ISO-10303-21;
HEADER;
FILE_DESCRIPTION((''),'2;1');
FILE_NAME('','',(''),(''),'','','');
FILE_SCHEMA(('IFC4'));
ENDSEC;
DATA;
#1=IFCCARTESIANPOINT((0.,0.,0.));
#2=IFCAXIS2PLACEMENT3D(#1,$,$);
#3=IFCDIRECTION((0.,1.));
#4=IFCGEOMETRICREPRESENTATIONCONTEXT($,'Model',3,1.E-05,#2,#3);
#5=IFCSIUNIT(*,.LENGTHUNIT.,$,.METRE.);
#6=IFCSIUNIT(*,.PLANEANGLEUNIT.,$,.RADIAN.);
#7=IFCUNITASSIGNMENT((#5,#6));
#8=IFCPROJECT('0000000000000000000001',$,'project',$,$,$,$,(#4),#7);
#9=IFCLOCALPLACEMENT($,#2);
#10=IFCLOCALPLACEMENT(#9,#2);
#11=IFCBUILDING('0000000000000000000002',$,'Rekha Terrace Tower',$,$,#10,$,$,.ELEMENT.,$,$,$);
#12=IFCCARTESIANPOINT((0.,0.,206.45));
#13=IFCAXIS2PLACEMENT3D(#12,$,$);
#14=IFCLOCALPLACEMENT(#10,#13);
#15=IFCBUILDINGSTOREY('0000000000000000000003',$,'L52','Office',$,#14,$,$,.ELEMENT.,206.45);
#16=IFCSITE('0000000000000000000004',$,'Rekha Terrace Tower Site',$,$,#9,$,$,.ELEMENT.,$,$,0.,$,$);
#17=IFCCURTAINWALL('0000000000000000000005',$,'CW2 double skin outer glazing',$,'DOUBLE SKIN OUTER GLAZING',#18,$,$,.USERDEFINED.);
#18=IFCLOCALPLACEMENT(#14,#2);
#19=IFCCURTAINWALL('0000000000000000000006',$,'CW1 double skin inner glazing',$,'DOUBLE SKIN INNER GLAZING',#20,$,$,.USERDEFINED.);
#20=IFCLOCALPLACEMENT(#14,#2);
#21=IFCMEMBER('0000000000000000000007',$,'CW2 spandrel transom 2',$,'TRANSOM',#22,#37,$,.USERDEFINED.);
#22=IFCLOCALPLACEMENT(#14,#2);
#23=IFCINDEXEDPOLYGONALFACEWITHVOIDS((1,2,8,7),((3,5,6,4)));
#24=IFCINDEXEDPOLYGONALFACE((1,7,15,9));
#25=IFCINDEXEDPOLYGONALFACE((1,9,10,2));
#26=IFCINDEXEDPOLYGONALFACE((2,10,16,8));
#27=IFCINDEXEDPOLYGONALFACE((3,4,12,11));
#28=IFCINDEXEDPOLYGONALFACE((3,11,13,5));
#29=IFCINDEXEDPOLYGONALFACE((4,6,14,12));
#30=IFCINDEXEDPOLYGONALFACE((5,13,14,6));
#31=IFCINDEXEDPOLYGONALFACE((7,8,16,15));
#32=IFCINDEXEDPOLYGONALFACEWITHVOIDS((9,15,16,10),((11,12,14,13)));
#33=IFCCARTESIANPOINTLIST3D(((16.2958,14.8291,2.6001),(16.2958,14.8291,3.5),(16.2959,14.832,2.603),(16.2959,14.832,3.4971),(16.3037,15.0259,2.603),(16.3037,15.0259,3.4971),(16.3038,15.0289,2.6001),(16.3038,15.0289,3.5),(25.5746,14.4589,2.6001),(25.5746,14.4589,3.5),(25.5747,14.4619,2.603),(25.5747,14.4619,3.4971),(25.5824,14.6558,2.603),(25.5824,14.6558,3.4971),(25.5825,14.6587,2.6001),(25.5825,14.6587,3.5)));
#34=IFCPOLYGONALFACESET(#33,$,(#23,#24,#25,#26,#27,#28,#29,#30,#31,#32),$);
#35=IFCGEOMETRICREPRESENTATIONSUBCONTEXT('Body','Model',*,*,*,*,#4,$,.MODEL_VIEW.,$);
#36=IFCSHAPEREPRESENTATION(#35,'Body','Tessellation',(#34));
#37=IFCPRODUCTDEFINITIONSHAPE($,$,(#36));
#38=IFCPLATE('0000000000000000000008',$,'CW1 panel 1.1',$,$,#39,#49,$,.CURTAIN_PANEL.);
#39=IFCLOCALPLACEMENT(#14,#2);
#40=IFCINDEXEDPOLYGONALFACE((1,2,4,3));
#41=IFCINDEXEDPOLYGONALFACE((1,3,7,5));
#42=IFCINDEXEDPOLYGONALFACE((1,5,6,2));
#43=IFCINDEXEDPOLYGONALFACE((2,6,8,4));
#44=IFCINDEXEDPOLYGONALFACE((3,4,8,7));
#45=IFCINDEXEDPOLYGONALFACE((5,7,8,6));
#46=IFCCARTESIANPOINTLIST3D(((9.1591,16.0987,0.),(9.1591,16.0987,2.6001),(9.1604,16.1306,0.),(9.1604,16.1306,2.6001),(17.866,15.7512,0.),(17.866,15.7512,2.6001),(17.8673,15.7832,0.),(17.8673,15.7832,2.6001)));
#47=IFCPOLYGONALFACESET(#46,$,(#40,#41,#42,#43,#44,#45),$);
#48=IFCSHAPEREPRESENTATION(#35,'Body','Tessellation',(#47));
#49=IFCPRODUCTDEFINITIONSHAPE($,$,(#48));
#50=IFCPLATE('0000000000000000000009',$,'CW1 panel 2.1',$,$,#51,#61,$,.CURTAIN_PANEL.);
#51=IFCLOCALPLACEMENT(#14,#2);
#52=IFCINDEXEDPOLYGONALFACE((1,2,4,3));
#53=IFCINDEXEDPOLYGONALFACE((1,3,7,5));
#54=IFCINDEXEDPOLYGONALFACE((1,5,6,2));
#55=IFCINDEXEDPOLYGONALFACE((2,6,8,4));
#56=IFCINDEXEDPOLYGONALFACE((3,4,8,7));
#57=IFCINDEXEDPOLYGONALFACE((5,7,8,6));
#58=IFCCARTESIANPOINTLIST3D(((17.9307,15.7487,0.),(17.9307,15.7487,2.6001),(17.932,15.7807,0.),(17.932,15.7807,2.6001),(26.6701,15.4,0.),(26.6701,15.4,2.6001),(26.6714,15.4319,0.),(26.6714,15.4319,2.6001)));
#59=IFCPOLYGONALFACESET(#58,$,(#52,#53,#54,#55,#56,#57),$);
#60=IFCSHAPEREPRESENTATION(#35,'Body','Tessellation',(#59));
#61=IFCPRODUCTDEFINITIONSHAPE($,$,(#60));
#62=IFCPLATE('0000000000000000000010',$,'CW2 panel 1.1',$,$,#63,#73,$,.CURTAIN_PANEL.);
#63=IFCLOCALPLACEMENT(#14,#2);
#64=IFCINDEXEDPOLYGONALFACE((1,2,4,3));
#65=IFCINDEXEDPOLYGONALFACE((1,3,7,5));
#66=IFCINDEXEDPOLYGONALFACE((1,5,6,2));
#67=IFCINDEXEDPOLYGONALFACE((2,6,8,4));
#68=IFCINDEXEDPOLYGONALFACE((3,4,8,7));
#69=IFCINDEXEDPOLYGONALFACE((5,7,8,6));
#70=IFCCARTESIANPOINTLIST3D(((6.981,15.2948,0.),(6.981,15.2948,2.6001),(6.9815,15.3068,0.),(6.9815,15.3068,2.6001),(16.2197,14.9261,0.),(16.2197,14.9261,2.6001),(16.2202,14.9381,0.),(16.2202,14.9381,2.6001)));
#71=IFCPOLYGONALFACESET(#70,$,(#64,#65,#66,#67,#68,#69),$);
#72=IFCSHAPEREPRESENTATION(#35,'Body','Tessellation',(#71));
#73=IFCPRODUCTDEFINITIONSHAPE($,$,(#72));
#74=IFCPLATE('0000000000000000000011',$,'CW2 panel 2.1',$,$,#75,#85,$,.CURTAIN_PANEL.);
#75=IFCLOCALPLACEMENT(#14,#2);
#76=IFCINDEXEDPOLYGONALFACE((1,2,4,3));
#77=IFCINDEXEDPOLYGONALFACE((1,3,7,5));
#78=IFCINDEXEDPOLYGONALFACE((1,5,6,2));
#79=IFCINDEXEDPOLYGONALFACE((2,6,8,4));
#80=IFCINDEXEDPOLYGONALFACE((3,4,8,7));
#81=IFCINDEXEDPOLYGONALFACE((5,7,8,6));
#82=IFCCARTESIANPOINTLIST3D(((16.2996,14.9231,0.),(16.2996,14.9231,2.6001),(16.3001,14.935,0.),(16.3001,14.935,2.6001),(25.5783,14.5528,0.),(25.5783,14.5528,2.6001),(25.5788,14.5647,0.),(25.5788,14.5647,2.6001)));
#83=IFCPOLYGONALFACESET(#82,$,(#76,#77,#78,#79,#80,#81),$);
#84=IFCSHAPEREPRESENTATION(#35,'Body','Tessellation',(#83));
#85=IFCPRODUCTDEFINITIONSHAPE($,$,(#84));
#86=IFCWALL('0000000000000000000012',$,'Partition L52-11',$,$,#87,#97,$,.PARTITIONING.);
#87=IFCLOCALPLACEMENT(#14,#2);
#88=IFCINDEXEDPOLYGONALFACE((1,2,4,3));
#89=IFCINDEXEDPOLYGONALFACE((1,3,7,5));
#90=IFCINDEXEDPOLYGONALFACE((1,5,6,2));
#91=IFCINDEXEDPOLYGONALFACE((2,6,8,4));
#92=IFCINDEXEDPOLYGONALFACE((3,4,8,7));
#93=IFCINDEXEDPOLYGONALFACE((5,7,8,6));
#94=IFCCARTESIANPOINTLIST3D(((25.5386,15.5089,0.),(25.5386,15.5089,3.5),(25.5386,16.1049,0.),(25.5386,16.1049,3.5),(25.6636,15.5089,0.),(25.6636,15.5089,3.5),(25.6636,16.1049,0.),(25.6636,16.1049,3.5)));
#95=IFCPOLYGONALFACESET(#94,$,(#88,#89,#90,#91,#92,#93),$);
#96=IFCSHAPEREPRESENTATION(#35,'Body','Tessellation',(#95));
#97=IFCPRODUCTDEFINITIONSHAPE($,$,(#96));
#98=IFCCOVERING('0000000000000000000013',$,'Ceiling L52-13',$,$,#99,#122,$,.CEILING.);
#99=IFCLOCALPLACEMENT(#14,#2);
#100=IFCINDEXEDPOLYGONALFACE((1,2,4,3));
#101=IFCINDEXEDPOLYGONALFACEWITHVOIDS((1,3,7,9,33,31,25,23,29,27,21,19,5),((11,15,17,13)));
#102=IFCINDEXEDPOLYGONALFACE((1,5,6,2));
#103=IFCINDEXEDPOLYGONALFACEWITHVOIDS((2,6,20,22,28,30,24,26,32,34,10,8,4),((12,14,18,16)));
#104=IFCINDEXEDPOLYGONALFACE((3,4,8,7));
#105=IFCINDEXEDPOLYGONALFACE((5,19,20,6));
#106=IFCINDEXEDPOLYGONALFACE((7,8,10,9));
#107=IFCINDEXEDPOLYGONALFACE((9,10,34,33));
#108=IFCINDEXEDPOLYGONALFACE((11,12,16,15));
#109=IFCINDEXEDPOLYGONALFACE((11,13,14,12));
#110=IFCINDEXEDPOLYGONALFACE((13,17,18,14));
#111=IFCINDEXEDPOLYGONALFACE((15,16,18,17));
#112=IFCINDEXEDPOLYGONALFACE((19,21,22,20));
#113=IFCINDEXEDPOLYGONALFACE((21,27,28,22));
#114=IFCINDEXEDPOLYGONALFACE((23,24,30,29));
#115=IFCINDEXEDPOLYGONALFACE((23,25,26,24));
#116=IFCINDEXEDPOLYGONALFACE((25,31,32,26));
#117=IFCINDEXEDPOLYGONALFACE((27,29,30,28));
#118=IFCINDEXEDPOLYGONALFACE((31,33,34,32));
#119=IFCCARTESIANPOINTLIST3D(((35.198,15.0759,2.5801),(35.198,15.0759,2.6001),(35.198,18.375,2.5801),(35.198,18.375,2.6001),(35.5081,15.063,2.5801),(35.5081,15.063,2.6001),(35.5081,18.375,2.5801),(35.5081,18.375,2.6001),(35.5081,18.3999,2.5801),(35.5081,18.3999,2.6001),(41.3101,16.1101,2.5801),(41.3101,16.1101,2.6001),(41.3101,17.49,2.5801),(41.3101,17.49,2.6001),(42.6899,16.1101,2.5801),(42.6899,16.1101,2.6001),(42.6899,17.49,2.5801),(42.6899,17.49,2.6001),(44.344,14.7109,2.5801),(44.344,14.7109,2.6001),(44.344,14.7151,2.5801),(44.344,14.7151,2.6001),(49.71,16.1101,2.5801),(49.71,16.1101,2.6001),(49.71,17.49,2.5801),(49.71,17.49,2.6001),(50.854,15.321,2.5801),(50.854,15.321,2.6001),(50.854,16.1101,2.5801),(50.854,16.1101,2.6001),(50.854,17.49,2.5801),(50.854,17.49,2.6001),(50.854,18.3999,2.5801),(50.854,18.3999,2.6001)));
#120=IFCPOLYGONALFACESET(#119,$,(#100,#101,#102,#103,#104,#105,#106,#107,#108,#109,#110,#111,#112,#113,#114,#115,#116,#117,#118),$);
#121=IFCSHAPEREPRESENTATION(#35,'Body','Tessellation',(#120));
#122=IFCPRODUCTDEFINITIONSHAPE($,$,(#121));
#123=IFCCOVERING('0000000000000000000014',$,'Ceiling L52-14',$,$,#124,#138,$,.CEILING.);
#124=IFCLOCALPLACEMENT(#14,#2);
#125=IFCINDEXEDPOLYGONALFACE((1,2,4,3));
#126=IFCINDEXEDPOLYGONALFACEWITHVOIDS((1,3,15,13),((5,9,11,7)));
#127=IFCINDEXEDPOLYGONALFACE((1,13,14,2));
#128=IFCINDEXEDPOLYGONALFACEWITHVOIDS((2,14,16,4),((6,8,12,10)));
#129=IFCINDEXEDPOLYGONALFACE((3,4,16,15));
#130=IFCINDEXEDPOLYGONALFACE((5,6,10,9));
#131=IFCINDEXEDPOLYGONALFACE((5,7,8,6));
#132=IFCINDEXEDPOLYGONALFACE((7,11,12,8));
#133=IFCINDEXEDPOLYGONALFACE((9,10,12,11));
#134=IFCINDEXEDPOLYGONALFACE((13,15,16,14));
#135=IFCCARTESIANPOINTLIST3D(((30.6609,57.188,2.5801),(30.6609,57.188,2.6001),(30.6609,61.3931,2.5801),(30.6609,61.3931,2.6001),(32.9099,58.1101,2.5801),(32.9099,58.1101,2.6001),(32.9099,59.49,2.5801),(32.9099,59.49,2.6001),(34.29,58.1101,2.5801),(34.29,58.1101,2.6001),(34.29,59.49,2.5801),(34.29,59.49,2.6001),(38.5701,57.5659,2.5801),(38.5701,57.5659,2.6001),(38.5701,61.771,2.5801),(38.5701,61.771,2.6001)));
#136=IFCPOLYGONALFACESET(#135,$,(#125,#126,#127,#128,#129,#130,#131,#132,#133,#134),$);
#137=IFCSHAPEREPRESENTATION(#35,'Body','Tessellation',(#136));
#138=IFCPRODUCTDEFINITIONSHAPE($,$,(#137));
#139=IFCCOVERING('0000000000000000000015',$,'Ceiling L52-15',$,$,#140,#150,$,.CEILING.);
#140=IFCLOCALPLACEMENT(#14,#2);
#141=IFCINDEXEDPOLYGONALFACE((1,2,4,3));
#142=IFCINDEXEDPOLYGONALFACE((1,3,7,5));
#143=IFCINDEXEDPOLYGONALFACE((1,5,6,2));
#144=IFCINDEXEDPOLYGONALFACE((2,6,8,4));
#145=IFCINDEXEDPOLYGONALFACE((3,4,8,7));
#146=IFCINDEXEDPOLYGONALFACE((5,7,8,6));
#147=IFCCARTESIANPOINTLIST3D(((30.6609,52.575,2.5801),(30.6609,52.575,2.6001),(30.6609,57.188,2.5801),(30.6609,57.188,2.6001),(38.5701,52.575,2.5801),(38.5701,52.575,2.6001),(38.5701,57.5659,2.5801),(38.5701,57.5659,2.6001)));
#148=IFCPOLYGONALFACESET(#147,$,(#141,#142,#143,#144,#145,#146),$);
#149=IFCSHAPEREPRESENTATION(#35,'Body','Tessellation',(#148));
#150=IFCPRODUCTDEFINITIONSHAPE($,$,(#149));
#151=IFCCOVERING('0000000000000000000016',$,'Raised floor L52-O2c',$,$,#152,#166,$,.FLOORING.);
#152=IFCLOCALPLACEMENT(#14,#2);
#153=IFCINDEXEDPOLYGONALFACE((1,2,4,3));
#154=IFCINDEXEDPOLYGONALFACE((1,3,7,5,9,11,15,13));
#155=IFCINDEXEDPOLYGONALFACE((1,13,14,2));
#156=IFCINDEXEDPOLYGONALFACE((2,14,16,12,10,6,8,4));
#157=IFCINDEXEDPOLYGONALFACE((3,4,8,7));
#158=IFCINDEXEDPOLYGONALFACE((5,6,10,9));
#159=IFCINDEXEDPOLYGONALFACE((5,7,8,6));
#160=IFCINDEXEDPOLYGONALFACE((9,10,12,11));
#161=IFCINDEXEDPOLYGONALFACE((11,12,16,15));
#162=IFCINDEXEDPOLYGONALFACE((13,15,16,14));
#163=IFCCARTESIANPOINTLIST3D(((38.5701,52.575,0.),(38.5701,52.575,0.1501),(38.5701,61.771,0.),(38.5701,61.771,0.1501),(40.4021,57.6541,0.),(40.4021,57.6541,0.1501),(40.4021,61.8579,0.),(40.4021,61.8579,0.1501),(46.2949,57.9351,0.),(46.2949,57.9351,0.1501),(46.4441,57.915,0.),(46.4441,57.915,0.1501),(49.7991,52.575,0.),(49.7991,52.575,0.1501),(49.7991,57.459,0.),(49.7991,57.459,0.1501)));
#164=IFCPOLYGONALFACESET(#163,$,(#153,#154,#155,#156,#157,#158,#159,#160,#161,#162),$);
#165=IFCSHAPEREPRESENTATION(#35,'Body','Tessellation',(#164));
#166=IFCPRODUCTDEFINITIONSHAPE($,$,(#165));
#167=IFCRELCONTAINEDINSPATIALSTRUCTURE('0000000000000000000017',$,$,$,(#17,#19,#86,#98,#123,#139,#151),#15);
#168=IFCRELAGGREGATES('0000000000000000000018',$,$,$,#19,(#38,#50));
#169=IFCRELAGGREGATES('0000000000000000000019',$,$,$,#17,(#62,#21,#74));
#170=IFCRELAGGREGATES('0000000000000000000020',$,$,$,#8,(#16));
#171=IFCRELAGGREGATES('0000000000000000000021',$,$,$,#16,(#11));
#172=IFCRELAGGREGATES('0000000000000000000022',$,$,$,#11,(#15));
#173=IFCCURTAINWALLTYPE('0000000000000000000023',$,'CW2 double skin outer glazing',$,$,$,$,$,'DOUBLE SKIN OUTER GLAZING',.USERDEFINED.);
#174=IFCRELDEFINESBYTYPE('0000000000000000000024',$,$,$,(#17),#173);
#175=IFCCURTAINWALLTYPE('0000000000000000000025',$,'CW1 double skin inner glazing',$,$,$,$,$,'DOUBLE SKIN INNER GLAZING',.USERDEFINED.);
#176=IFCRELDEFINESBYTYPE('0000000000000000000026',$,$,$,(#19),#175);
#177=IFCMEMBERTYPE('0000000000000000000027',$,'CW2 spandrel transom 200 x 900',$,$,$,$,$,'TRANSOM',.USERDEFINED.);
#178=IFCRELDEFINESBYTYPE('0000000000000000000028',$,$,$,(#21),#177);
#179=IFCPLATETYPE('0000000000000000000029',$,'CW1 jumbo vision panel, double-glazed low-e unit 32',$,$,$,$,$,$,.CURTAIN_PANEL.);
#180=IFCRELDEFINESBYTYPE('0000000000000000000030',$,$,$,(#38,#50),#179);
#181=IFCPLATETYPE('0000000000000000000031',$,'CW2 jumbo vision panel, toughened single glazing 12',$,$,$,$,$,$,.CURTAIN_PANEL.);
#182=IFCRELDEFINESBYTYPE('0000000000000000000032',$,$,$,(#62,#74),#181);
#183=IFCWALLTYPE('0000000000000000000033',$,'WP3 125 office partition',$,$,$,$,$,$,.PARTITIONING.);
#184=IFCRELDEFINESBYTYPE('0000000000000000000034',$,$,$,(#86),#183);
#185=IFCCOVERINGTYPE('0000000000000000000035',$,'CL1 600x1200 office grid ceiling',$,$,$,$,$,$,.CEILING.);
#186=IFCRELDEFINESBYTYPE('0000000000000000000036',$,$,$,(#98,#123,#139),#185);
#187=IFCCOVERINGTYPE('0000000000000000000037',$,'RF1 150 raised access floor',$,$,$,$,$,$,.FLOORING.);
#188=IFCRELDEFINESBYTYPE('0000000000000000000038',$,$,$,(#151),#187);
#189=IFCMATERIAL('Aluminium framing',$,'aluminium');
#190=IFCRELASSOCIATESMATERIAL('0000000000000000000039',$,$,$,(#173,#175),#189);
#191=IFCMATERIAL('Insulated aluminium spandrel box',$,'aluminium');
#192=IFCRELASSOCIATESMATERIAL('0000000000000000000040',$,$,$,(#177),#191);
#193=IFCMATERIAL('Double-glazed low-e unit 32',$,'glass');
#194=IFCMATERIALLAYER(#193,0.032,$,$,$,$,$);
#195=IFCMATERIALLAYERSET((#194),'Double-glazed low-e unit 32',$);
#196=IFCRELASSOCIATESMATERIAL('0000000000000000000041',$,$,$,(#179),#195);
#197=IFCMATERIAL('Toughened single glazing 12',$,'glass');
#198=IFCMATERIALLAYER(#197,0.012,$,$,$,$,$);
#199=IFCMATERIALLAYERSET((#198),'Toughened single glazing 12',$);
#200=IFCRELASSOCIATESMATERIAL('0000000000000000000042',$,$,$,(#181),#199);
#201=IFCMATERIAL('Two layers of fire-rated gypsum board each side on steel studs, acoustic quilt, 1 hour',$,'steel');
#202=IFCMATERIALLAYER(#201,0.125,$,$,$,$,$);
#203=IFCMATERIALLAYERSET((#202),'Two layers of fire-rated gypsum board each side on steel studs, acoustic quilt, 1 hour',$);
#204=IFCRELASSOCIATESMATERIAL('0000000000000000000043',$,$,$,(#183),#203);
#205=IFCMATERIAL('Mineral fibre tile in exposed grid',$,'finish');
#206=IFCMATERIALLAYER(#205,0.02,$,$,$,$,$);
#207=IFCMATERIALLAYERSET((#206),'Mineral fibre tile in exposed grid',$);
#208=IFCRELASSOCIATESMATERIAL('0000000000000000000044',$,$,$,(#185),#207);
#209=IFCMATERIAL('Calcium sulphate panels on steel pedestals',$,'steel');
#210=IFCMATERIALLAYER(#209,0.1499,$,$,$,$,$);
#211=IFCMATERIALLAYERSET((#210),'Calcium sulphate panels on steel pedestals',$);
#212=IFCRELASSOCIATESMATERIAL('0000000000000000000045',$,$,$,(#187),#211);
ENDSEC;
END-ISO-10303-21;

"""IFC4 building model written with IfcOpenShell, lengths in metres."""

from ifc_helpers import new_model, si_unit, direction, frame, frame_2d, origin, origin_2d, place, context, subcontext, project, spatial, polyline, rectangle, hollow_rectangle, outline, extrude, material, layer, layer_set, material_profile, profile_set, type_object, element, aggregate, save


model = new_model("IFC4")

# Units and contexts
model_context = context("Model", 3, precision=1e-05, world=origin(), true_north=direction((0.0, 1.0)))
body_context = subcontext(model_context, "Body", "Model", "MODEL_VIEW")
ifc_project = project(units=[si_unit("LENGTHUNIT", "METRE"), si_unit("PLANEANGLEUNIT", "RADIAN")], contexts=[model_context])

# Site, building, storey
site_placement = place(None, origin())
site = spatial("IfcSite", under=ifc_project, at=site_placement, Name="Rekha Terrace Tower Site", CompositionType="ELEMENT", RefElevation=0.0)
building_placement = place(site_placement, origin())
building = spatial("IfcBuilding", under=site, at=building_placement, Name="Rekha Terrace Tower", CompositionType="ELEMENT")
storey_placement = place(building_placement, frame((0.0, 0.0, 206.45)))
storey = spatial("IfcBuildingStorey", under=building, at=storey_placement, Name="L52", Description="Office", CompositionType="ELEMENT", Elevation=206.45)

# Curtain walls
ifc_material_1 = material(Name="Aluminium framing", Category="aluminium")
curtain_wall_type_1 = type_object("IfcCurtainWallType", Name="CW2 double skin outer glazing", ElementType="DOUBLE SKIN OUTER GLAZING", PredefinedType="USERDEFINED", material=ifc_material_1)
curtain_wall_1_placement = place(storey_placement, origin())
curtain_wall_1 = element("IfcCurtainWall", 1, at=curtain_wall_1_placement, inside=storey, type_object=curtain_wall_type_1, Name="CW2 double skin outer glazing", ObjectType="DOUBLE SKIN OUTER GLAZING", PredefinedType="USERDEFINED")
curtain_wall_type_2 = type_object("IfcCurtainWallType", Name="CW1 double skin inner glazing", ElementType="DOUBLE SKIN INNER GLAZING", PredefinedType="USERDEFINED", material=ifc_material_1)
curtain_wall_2_placement = place(storey_placement, origin())
curtain_wall_2 = element("IfcCurtainWall", 2, at=curtain_wall_2_placement, inside=storey, type_object=curtain_wall_type_2, Name="CW1 double skin inner glazing", ObjectType="DOUBLE SKIN INNER GLAZING", PredefinedType="USERDEFINED")
ifc_material_2 = material(Name="Insulated aluminium spandrel box", Category="aluminium")

# Member
ifc_material_profile_1 = material_profile(ifc_material_2, hollow_rectangle(XDim=0.2, YDim=0.8999, WallThickness=0.0029, at=origin_2d()), Name="AL SPANDREL BOX 200x900")
ifc_profile_set_1 = profile_set([ifc_material_profile_1], Name="Insulated aluminium spandrel box")
member_type_1 = type_object("IfcMemberType", Name="CW2 spandrel transom 200 x 900", ElementType="TRANSOM", PredefinedType="USERDEFINED", material=ifc_profile_set_1)
member_1_placement = place(storey_placement, frame((16.2998, 14.929, 3.05), z_axis=(0.999205, -0.039857, 0.0), x_axis=(0.039857, 0.999205, 0.0)))
member_1 = element("IfcMember", 3, at=member_1_placement, type_object=member_type_1, Name="CW2 spandrel transom 2", ObjectType="TRANSOM", PredefinedType="USERDEFINED", context=body_context, shape_type="SweptSolid", body=[
    extrude(hollow_rectangle(XDim=0.2, YDim=0.8999, WallThickness=0.0029, at=origin_2d()), origin(), (0.0, 0.0, 1.0), 9.2861),
])

# Plates
ifc_material_3 = material(Name="Double-glazed low-e unit 32", Category="glass")
ifc_layer_1 = layer(ifc_material_3, 0.032)
ifc_layer_set_1 = layer_set([ifc_layer_1], Name="Double-glazed low-e unit 32")
plate_type_1 = type_object("IfcPlateType", Name="CW1 jumbo vision panel, double-glazed low-e unit 32", PredefinedType="CURTAIN_PANEL", material=ifc_layer_set_1)
plate_1_placement = place(storey_placement, frame((13.5132, 15.9409, 0.0), z_axis=(0.0, 0.0, 1.0), x_axis=(0.999205, -0.039872, 0.0)))
plate_1 = element("IfcPlate", 4, at=plate_1_placement, type_object=plate_type_1, Name="CW1 panel 1.1", PredefinedType="CURTAIN_PANEL", context=body_context, shape_type="SweptSolid", body=[
    extrude(rectangle(XDim=8.7139, YDim=0.032, at=origin_2d()), origin(), (0.0, 0.0, 1.0), 2.6001),
])
plate_2_placement = place(storey_placement, frame((22.301, 15.5903, 0.0), z_axis=(0.0, 0.0, 1.0), x_axis=(0.999205, -0.039872, 0.0)))
plate_2 = element("IfcPlate", 5, at=plate_2_placement, type_object=plate_type_1, Name="CW1 panel 2.1", PredefinedType="CURTAIN_PANEL", context=body_context, shape_type="SweptSolid", body=[
    extrude(rectangle(XDim=8.7463, YDim=0.032, at=origin_2d()), origin(), (0.0, 0.0, 1.0), 2.6001),
])
aggregate(curtain_wall_2, [plate_1, plate_2])
ifc_material_4 = material(Name="Toughened single glazing 12", Category="glass")
ifc_layer_2 = layer(ifc_material_4, 0.012)
ifc_layer_set_2 = layer_set([ifc_layer_2], Name="Toughened single glazing 12")
plate_type_2 = type_object("IfcPlateType", Name="CW2 jumbo vision panel, toughened single glazing 12", PredefinedType="CURTAIN_PANEL", material=ifc_layer_set_2)
plate_3_placement = place(storey_placement, frame((11.6006, 15.1165, 0.0), z_axis=(0.0, 0.0, 1.0), x_axis=(0.999205, -0.039872, 0.0)))
plate_3 = element("IfcPlate", 6, at=plate_3_placement, type_object=plate_type_2, Name="CW2 panel 1.1", PredefinedType="CURTAIN_PANEL", context=body_context, shape_type="SweptSolid", body=[
    extrude(rectangle(XDim=9.2461, YDim=0.012, at=origin_2d()), origin(), (0.0, 0.0, 1.0), 2.6001),
])
plate_4_placement = place(storey_placement, frame((20.9392, 14.7439, 0.0), z_axis=(0.0, 0.0, 1.0), x_axis=(0.999205, -0.039872, 0.0)))
plate_4 = element("IfcPlate", 7, at=plate_4_placement, type_object=plate_type_2, Name="CW2 panel 2.1", PredefinedType="CURTAIN_PANEL", context=body_context, shape_type="SweptSolid", body=[
    extrude(rectangle(XDim=9.2861, YDim=0.012, at=origin_2d()), origin(), (0.0, 0.0, 1.0), 2.6001),
])
aggregate(curtain_wall_1, [plate_3, member_1, plate_4])

# Wall
ifc_material_5 = material(Name="Two layers of fire-rated gypsum board each side on steel studs, acoustic quilt, 1 hour", Category="steel")
ifc_layer_3 = layer(ifc_material_5, 0.125)
ifc_layer_set_3 = layer_set([ifc_layer_3], Name="Two layers of fire-rated gypsum board each side on steel studs, acoustic quilt, 1 hour")
wall_type = type_object("IfcWallType", Name="WP3 125 office partition", PredefinedType="PARTITIONING", material=ifc_layer_set_3)
wall_placement = place(storey_placement, frame((25.6011, 15.509, 0.0), z_axis=(0.0, 0.0, 1.0), x_axis=(0.0, 1.0, 0.0)))
element("IfcWall", 8, at=wall_placement, inside=storey, type_object=wall_type, Name="Partition L52-11", PredefinedType="PARTITIONING", context=body_context, shape_type="SweptSolid", body=[
    extrude(rectangle(XDim=0.5959, YDim=0.125, at=frame_2d((0.2979, 0.0))), origin(), (0.0, 0.0, 1.0), 3.5),
])

# Coverings
ifc_material_6 = material(Name="Mineral fibre tile in exposed grid", Category="finish")
ifc_layer_4 = layer(ifc_material_6, 0.02)
ifc_layer_set_4 = layer_set([ifc_layer_4], Name="Mineral fibre tile in exposed grid")
covering_type_1 = type_object("IfcCoveringType", Name="CL1 600x1200 office grid ceiling", PredefinedType="CEILING", material=ifc_layer_set_4)
covering_1_placement = place(storey_placement, frame((0.0, 0.0, 2.5801)))
element("IfcCovering", 9, at=covering_1_placement, inside=storey, type_object=covering_type_1, Name="Ceiling L52-13", PredefinedType="CEILING", context=body_context, shape_type="SweptSolid", body=[
    extrude(outline(polyline([(35.5081, 15.063), (44.344, 14.7109), (44.344, 14.7151), (50.854, 15.321), (50.854, 16.1101), (49.71, 16.1101), (49.71, 17.49), (50.854, 17.49), (50.854, 18.3999), (35.5081, 18.3999), (35.5081, 18.375), (35.198, 18.375), (35.198, 15.0759), (35.5081, 15.063)]), holes=[polyline([(42.6899, 17.49), (42.6899, 16.1101), (41.3101, 16.1101), (41.3101, 17.49), (42.6899, 17.49)])]), origin(), (0.0, 0.0, 1.0), 0.02),
])
covering_2_placement = place(storey_placement, frame((0.0, 0.0, 2.5801)))
element("IfcCovering", 10, at=covering_2_placement, inside=storey, type_object=covering_type_1, Name="Ceiling L52-14", PredefinedType="CEILING", context=body_context, shape_type="SweptSolid", body=[
    extrude(outline(polyline([(30.6609, 57.188), (38.5701, 57.5659), (38.5701, 61.771), (30.6609, 61.3931), (30.6609, 57.188)]), holes=[polyline([(34.29, 58.1101), (32.9099, 58.1101), (32.9099, 59.49), (34.29, 59.49), (34.29, 58.1101)])]), origin(), (0.0, 0.0, 1.0), 0.02),
])
covering_3_placement = place(storey_placement, frame((0.0, 0.0, 2.5801)))
element("IfcCovering", 11, at=covering_3_placement, inside=storey, type_object=covering_type_1, Name="Ceiling L52-15", PredefinedType="CEILING", context=body_context, shape_type="SweptSolid", body=[
    extrude(outline(polyline([(30.6609, 52.575), (38.5701, 52.575), (38.5701, 57.5659), (30.6609, 57.188), (30.6609, 52.575)])), origin(), (0.0, 0.0, 1.0), 0.02),
])
ifc_material_7 = material(Name="Calcium sulphate panels on steel pedestals", Category="steel")
ifc_layer_5 = layer(ifc_material_7, 0.1499)
ifc_layer_set_5 = layer_set([ifc_layer_5], Name="Calcium sulphate panels on steel pedestals")
covering_type_2 = type_object("IfcCoveringType", Name="RF1 150 raised access floor", PredefinedType="FLOORING", material=ifc_layer_set_5)
covering_4_placement = place(storey_placement, origin())
element("IfcCovering", 12, at=covering_4_placement, inside=storey, type_object=covering_type_2, Name="Raised floor L52-O2c", PredefinedType="FLOORING", context=body_context, shape_type="SweptSolid", body=[
    extrude(outline(polyline([(38.5701, 61.771), (38.5701, 52.575), (49.7991, 52.575), (49.7991, 57.459), (46.4441, 57.915), (46.2949, 57.9351), (40.4021, 57.6541), (40.4021, 61.8579), (38.5701, 61.771)])), origin(), (0.0, 0.0, 1.0), 0.1501),
])

save(model, "model.ifc")
